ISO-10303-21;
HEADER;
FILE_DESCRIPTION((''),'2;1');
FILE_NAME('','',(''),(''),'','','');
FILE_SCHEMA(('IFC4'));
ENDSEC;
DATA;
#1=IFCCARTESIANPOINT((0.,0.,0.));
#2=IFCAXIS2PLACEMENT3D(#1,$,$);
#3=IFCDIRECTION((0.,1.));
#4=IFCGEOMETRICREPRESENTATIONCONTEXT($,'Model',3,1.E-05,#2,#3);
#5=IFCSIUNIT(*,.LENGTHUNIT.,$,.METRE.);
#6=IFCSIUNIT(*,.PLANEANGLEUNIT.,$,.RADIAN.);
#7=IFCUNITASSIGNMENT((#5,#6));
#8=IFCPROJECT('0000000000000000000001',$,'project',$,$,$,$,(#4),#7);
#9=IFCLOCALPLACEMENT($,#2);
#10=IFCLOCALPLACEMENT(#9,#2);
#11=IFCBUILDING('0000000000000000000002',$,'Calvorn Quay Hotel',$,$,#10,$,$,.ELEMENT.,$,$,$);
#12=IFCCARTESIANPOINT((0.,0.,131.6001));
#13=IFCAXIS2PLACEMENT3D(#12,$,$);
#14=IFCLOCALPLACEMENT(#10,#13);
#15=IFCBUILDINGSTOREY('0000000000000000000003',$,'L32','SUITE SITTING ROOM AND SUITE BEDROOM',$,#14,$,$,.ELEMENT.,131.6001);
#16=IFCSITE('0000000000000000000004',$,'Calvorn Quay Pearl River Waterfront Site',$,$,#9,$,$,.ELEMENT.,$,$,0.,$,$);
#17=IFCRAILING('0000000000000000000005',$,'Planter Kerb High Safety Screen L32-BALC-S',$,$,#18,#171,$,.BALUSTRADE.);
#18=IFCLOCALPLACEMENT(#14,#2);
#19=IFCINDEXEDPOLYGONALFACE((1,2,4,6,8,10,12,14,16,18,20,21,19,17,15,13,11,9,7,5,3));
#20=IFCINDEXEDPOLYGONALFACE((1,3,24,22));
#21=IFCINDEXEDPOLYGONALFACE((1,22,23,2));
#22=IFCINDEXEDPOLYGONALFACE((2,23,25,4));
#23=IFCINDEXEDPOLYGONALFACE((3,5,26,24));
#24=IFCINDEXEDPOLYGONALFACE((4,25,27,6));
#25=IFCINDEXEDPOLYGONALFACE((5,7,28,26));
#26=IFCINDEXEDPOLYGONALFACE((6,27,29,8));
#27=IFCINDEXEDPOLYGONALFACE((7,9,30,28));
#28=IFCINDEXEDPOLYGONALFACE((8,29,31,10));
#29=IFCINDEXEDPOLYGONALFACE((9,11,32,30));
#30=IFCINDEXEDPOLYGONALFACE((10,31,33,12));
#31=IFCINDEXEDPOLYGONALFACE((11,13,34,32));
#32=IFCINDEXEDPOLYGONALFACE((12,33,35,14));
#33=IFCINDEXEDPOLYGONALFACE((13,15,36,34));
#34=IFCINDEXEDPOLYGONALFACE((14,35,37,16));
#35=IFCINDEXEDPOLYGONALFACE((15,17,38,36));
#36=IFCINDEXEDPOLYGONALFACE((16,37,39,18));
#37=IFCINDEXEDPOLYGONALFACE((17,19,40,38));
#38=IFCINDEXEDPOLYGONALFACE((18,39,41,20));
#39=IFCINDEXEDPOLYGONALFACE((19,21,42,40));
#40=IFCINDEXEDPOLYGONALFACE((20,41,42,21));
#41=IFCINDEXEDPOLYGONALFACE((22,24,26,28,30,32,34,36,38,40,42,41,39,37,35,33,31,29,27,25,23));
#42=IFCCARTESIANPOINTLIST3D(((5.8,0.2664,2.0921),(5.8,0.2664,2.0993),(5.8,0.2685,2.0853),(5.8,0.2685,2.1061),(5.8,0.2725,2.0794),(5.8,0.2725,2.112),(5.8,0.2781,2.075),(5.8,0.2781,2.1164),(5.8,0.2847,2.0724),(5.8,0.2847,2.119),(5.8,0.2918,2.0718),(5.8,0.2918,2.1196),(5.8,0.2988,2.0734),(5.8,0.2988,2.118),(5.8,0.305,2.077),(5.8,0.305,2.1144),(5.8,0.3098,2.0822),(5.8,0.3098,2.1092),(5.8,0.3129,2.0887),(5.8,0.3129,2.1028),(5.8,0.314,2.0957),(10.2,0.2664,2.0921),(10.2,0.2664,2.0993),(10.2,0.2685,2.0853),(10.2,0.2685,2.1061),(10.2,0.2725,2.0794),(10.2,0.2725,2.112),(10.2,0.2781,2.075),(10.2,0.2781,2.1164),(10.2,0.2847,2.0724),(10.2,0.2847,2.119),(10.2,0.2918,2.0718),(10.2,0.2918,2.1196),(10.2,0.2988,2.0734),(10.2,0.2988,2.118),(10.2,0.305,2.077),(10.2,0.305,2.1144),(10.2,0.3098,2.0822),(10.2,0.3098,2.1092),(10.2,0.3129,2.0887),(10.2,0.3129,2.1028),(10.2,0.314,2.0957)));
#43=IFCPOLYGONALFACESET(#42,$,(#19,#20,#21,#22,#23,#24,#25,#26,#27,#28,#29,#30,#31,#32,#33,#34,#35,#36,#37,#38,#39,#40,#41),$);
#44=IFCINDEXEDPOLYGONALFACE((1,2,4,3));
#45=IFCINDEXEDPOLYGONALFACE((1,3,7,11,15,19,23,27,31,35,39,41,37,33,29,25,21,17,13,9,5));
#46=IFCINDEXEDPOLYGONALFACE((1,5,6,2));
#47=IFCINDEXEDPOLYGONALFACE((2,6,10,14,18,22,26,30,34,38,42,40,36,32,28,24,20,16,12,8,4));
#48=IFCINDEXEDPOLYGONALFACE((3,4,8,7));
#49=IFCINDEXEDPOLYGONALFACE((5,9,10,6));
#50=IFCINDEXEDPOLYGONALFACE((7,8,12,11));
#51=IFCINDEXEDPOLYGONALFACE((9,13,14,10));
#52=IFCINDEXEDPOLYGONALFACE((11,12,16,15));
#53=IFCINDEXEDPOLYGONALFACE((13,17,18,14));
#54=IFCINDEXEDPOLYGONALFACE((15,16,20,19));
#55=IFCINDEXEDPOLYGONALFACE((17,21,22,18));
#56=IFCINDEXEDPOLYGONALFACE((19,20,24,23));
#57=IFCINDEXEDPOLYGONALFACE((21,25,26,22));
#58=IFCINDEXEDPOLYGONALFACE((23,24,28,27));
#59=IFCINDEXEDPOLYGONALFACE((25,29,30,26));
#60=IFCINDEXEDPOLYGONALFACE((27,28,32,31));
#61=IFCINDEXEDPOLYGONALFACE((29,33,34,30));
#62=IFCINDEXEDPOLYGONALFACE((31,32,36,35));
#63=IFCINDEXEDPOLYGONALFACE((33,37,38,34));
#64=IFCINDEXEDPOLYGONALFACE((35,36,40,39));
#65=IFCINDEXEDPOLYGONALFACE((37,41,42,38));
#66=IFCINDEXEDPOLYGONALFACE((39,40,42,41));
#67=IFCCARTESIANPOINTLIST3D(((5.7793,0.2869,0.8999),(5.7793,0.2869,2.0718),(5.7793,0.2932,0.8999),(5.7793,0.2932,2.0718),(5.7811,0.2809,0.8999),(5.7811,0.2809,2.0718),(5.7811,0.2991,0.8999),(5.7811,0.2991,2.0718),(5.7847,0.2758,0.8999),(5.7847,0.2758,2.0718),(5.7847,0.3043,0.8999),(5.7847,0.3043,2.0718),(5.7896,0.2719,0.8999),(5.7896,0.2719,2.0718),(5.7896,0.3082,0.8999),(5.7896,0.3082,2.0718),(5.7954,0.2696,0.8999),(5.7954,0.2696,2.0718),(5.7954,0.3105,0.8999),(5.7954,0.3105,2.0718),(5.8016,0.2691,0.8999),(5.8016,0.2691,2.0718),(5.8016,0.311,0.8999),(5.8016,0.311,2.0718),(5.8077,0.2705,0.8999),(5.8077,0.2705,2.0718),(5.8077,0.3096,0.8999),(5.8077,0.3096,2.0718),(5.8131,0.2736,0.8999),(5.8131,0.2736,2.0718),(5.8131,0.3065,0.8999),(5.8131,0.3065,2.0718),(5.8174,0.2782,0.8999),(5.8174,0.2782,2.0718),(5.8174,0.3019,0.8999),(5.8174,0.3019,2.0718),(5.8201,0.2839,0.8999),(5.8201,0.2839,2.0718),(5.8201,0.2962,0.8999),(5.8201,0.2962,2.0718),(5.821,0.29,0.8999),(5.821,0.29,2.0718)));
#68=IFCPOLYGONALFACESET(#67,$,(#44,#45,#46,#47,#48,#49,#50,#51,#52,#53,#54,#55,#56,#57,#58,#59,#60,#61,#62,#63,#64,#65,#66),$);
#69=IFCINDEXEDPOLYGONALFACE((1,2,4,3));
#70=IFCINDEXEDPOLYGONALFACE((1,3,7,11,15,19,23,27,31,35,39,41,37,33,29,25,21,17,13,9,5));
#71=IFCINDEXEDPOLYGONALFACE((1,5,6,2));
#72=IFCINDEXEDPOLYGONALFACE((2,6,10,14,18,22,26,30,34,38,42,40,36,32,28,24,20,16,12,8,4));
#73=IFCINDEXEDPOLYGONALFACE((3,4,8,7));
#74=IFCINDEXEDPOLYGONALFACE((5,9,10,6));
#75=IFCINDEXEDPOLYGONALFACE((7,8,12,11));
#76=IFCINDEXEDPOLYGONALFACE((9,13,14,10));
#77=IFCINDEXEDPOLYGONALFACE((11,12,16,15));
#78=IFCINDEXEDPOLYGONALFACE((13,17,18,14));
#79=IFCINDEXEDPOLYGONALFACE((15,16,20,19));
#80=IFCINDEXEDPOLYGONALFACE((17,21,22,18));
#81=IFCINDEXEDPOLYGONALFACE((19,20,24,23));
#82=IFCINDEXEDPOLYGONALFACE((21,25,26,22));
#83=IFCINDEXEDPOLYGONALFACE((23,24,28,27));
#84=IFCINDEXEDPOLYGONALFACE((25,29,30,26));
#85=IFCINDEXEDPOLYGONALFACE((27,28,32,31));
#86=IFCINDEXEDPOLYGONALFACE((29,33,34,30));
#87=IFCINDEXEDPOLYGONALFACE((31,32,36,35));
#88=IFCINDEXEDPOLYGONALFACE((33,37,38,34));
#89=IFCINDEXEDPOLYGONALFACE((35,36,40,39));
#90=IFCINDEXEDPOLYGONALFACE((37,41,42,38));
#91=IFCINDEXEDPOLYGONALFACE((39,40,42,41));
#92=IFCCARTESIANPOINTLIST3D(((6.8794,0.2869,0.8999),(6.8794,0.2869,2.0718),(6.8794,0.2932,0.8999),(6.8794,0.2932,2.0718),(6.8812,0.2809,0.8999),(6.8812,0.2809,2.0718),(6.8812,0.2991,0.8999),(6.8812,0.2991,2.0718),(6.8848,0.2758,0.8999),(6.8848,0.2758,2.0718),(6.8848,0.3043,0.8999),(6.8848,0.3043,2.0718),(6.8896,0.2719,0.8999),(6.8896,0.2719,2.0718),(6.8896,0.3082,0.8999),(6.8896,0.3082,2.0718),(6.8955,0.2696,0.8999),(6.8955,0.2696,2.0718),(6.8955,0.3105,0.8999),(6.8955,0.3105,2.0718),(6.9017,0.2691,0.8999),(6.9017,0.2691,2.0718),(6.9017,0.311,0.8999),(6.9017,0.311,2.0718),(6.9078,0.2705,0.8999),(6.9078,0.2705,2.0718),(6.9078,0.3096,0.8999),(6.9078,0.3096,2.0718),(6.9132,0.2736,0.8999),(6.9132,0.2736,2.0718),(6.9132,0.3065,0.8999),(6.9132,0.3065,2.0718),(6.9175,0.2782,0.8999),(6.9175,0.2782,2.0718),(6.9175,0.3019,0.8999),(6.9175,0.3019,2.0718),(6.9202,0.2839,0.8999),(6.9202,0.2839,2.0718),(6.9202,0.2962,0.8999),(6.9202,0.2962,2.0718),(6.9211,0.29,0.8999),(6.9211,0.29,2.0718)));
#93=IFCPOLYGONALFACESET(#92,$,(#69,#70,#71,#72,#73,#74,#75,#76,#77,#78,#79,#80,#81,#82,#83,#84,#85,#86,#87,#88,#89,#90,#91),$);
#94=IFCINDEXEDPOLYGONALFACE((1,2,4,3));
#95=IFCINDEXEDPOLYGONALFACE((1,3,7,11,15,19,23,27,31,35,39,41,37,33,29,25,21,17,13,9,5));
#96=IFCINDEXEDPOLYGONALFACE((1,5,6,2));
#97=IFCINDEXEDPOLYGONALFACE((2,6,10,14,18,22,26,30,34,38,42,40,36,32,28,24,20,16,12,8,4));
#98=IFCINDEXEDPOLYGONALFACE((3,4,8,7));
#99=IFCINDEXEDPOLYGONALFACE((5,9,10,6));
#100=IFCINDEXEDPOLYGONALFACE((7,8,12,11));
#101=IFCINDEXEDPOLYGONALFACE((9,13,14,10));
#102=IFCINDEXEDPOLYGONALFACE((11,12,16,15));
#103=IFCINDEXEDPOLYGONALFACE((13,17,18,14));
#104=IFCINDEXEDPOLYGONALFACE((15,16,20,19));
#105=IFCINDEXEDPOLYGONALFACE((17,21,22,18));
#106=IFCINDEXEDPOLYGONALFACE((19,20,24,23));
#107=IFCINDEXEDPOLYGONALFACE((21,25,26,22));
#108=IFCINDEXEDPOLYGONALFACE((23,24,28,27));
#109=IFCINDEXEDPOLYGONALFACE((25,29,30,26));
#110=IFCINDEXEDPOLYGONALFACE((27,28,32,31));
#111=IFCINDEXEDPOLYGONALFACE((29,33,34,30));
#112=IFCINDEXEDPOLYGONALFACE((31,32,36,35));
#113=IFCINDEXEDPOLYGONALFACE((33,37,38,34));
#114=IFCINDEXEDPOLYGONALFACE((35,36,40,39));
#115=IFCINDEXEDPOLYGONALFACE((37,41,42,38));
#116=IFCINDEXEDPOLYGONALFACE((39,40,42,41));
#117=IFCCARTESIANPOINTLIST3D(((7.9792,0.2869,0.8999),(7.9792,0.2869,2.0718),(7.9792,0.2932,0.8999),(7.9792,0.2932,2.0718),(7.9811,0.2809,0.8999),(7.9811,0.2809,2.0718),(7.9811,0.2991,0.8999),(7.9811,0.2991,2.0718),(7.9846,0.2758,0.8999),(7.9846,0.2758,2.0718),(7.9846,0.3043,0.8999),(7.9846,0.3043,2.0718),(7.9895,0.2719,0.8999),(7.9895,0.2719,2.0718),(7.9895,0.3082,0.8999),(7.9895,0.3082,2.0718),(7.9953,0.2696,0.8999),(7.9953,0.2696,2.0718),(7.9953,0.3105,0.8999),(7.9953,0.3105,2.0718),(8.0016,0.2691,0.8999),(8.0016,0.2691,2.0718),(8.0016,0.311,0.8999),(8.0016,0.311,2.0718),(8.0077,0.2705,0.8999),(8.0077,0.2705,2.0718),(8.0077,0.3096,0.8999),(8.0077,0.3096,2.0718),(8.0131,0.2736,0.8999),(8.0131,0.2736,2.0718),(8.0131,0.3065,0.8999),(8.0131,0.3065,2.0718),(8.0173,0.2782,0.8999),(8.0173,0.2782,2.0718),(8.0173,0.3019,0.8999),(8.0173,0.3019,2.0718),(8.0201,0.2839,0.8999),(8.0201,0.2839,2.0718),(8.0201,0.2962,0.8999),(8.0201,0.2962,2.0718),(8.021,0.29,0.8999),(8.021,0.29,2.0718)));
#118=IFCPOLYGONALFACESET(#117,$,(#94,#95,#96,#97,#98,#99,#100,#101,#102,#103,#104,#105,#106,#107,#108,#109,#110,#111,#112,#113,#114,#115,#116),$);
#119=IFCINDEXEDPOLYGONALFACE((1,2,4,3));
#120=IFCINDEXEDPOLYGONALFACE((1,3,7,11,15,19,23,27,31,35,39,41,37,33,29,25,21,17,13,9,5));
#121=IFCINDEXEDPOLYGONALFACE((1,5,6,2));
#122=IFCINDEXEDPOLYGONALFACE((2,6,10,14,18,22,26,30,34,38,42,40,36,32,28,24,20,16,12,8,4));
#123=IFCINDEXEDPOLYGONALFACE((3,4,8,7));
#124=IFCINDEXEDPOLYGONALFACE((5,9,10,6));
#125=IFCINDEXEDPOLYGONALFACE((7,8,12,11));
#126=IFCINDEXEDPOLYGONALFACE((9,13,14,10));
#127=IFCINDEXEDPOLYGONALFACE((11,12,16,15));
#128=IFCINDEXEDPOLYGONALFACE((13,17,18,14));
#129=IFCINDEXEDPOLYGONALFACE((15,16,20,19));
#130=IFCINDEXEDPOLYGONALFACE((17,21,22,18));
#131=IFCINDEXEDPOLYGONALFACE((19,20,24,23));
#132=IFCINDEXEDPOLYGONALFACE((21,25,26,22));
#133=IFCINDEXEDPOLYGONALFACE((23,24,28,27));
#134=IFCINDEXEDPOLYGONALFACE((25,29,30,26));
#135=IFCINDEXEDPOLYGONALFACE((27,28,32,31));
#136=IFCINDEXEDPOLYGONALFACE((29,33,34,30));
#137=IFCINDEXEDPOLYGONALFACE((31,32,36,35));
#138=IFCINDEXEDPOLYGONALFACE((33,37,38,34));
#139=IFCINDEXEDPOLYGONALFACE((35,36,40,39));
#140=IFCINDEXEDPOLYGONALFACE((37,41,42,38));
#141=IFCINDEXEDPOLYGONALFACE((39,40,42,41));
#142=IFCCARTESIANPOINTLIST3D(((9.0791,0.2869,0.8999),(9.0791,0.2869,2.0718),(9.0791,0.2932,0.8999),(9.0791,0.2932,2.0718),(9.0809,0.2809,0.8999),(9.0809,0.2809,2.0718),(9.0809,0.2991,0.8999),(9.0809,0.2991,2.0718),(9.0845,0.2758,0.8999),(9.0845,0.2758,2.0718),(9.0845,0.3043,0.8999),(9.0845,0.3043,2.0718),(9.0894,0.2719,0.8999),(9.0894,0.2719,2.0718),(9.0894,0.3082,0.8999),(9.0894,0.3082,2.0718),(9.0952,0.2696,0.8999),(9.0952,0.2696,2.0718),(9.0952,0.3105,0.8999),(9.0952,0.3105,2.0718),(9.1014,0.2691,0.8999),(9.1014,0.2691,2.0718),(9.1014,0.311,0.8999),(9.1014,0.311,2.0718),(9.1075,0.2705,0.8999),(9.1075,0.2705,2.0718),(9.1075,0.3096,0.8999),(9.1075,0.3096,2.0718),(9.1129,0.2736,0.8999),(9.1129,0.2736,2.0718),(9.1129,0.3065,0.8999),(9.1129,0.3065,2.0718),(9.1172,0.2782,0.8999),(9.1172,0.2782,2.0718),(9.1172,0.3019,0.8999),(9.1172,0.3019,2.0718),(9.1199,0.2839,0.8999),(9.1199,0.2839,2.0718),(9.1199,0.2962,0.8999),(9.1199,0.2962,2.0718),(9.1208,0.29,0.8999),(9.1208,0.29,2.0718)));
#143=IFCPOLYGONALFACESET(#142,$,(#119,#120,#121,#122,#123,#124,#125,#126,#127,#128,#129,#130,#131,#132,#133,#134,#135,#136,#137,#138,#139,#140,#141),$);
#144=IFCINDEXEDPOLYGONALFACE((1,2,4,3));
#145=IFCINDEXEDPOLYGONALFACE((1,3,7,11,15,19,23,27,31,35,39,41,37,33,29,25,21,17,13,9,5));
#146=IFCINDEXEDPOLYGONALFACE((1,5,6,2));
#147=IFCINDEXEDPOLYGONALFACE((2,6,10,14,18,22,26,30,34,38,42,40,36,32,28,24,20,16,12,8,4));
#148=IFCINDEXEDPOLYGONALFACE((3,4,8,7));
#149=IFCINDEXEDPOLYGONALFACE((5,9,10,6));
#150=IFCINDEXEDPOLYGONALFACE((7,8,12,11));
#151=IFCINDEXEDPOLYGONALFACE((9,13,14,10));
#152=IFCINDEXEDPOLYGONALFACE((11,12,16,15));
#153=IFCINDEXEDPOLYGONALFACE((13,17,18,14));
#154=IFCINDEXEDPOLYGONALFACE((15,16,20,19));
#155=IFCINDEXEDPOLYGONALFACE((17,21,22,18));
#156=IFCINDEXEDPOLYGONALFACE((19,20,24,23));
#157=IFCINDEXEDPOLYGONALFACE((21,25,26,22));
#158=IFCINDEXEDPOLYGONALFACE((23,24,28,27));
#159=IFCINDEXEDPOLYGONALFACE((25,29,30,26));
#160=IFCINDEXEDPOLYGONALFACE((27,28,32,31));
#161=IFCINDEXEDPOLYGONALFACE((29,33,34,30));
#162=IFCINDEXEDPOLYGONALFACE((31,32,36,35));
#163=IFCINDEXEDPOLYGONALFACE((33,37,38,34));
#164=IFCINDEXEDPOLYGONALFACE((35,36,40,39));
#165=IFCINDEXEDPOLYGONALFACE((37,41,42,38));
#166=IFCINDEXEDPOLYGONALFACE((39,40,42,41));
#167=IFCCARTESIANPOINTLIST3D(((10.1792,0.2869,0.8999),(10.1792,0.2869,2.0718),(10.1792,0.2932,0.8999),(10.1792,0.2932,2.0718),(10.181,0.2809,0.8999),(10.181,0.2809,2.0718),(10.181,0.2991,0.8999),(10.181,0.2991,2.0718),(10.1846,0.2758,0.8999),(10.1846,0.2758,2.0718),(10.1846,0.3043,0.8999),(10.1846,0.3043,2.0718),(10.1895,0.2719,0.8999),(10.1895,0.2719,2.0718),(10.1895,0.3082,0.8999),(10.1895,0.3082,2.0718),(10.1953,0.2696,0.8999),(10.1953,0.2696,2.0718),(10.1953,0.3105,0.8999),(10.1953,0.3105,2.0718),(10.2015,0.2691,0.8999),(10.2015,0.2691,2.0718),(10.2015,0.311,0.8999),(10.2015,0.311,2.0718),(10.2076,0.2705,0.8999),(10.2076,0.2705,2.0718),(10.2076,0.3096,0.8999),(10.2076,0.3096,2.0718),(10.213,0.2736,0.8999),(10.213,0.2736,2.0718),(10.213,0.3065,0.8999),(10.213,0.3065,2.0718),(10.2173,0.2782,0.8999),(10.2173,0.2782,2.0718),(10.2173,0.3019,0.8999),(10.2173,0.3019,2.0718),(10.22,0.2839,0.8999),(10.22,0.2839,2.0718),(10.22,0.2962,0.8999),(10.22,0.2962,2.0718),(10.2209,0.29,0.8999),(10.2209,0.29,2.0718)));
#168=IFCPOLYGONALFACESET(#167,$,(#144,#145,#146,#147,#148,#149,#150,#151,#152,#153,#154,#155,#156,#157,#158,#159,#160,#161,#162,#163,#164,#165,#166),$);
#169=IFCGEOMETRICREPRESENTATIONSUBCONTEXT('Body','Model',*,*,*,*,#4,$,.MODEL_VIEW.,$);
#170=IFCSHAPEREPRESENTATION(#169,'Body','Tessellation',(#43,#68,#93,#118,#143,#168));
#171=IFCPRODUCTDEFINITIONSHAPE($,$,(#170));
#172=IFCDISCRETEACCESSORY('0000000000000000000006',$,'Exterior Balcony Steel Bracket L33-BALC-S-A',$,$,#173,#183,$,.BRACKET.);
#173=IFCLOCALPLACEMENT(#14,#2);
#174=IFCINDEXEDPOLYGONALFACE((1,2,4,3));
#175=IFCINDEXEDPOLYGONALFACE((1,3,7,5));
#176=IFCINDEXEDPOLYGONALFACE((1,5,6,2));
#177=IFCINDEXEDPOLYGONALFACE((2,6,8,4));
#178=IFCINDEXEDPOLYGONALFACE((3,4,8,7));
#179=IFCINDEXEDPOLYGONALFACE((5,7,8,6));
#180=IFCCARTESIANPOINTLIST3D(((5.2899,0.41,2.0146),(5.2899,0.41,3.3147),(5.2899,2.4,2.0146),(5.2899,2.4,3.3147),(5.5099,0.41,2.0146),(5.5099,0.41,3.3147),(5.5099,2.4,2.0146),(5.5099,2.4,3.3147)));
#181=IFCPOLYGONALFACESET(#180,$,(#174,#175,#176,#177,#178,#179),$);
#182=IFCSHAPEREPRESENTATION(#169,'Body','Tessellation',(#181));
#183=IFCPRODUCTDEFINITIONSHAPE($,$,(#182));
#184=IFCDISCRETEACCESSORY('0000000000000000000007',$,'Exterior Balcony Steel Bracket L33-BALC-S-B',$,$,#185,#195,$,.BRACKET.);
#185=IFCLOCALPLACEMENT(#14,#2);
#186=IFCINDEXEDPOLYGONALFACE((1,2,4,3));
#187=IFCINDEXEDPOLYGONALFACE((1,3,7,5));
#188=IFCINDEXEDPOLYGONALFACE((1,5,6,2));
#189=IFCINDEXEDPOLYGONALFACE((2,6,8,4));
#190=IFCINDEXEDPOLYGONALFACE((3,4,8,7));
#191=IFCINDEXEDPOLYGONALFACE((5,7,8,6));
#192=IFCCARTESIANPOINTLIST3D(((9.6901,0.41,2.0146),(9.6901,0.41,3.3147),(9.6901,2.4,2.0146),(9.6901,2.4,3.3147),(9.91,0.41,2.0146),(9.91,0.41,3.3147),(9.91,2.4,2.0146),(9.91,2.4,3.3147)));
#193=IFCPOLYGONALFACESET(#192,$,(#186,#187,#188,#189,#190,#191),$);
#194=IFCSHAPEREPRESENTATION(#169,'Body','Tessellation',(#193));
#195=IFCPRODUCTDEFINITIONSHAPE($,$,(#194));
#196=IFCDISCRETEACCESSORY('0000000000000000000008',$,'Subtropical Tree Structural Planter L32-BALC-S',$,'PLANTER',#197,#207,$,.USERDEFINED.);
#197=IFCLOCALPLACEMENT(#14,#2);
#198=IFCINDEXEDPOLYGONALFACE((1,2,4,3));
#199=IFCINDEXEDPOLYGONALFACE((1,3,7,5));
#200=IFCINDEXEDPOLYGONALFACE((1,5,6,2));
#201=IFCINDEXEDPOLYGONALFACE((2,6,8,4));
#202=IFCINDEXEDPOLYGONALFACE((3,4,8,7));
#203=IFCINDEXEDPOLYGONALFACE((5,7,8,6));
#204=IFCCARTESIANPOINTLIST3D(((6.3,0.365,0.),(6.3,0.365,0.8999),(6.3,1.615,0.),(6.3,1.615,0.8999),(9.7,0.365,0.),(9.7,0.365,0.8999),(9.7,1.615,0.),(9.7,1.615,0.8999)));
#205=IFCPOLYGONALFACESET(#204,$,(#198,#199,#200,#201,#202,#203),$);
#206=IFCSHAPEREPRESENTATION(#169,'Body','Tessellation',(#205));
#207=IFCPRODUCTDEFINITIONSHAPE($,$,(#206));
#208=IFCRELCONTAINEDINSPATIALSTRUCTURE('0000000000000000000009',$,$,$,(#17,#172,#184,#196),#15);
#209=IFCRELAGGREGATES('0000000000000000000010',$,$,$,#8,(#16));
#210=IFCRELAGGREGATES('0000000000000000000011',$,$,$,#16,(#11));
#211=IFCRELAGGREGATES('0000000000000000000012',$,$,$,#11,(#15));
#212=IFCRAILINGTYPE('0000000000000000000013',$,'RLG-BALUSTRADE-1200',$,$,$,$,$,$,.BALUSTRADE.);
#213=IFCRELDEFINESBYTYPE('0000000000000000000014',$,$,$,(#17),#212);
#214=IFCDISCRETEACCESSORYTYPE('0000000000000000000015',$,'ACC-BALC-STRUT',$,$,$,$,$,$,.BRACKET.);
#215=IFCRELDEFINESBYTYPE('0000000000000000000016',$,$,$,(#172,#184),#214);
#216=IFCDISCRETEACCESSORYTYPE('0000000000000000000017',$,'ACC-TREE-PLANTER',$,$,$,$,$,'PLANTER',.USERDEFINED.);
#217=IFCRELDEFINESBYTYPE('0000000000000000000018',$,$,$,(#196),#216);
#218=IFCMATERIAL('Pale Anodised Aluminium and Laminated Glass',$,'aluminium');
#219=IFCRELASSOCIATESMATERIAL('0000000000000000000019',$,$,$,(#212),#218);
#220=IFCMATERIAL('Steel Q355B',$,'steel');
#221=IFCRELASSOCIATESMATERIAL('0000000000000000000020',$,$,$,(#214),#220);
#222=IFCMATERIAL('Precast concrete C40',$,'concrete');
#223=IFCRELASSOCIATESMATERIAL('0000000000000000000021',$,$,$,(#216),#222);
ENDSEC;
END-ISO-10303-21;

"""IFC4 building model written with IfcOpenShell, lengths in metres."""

from ifc_helpers import new_model, si_unit, direction, frame, origin, origin_2d, place, context, subcontext, project, spatial, rectangle, circle, extrude, material, type_object, element, save


model = new_model("IFC4")

# Units and contexts
model_context = context("Model", 3, precision=1e-05, world=origin(), true_north=direction((0.0, 1.0)))
body_context = subcontext(model_context, "Body", "Model", "MODEL_VIEW")
ifc_project = project(units=[si_unit("LENGTHUNIT", "METRE"), si_unit("PLANEANGLEUNIT", "RADIAN")], contexts=[model_context])

# Site, building, storey
site_placement = place(None, origin())
site = spatial("IfcSite", under=ifc_project, at=site_placement, Name="Calvorn Quay Pearl River Waterfront Site", CompositionType="ELEMENT", RefElevation=0.0)
building_placement = place(site_placement, origin())
building = spatial("IfcBuilding", under=site, at=building_placement, Name="Calvorn Quay Hotel", CompositionType="ELEMENT")
storey_placement = place(building_placement, frame((0.0, 0.0, 131.6001)))
storey = spatial("IfcBuildingStorey", under=building, at=storey_placement, Name="L32", Description="SUITE SITTING ROOM AND SUITE BEDROOM", CompositionType="ELEMENT", Elevation=131.6001)

# Railing
ifc_material_1 = material(Name="Pale Anodised Aluminium and Laminated Glass", Category="aluminium")
railing_type = type_object("IfcRailingType", Name="RLG-BALUSTRADE-1200", PredefinedType="BALUSTRADE", material=ifc_material_1)
railing_1_placement = place(storey_placement, frame((5.8, 0.29, 0.8999)))
element("IfcRailing", 1, at=railing_1_placement, inside=storey, type_object=railing_type, Name="Planter Kerb High Safety Screen L32-BALC-S", PredefinedType="BALUSTRADE", context=body_context, shape_type="SweptSolid", body=[
    extrude(circle(Radius=0.0239, at=origin_2d()), frame((0.0, 0.0, 1.1958), z_axis=(1.0, 0.0, 0.0), x_axis=(0.0, 1.0, 0.0)), (0.0, 0.0, 1.0), 4.3999),
    extrude(circle(Radius=0.021, at=origin_2d()), origin(), (0.0, 0.0, 1.0), 1.1719),
    extrude(circle(Radius=0.021, at=origin_2d()), frame((1.1001, 0.0, 0.0)), (0.0, 0.0, 1.0), 1.1719),
    extrude(circle(Radius=0.021, at=origin_2d()), frame((2.2, 0.0, 0.0)), (0.0, 0.0, 1.0), 1.1719),
    extrude(circle(Radius=0.021, at=origin_2d()), frame((3.2998, 0.0, 0.0)), (0.0, 0.0, 1.0), 1.1719),
    extrude(circle(Radius=0.021, at=origin_2d()), frame((4.3999, 0.0, 0.0)), (0.0, 0.0, 1.0), 1.1719),
])

# Discrete accessories
ifc_material_2 = material(Name="Steel Q355B", Category="steel")
discrete_accessory_type_1 = type_object("IfcDiscreteAccessoryType", Name="ACC-BALC-STRUT", PredefinedType="BRACKET", material=ifc_material_2)
for number, where, z_axis, x_axis, name in (
    (2, (5.3999, 1.405, 2.0146), (0.0, 0.0, 1.0), (1.0, 0.0, 0.0), "Exterior Balcony Steel Bracket L33-BALC-S-A"),
    (3, (9.8, 1.405, 2.0146), (0.0, 0.0, 1.0), (1.0, 0.0, 0.0), "Exterior Balcony Steel Bracket L33-BALC-S-B"),
):
    element("IfcDiscreteAccessory", number, at=place(storey_placement, frame(where, z_axis=z_axis, x_axis=x_axis)), inside=storey, type_object=discrete_accessory_type_1, Name=name, PredefinedType="BRACKET", context=body_context, shape_type="SweptSolid", body=[
        extrude(rectangle(XDim=0.22, YDim=1.99, at=origin_2d()), origin(), (0.0, 0.0, 1.0), 1.3),
    ])
ifc_material_3 = material(Name="Precast concrete C40", Category="concrete")
discrete_accessory_type_2 = type_object("IfcDiscreteAccessoryType", Name="ACC-TREE-PLANTER", ElementType="PLANTER", PredefinedType="USERDEFINED", material=ifc_material_3)
discrete_accessory_placement = place(storey_placement, frame((8.0, 0.99, 0.0), z_axis=(0.0, 0.0, 1.0), x_axis=(1.0, 0.0, 0.0)))
element("IfcDiscreteAccessory", 4, at=discrete_accessory_placement, inside=storey, type_object=discrete_accessory_type_2, Name="Subtropical Tree Structural Planter L32-BALC-S", ObjectType="PLANTER", PredefinedType="USERDEFINED", context=body_context, shape_type="SweptSolid", body=[
    extrude(rectangle(XDim=3.3999, YDim=1.25, at=origin_2d()), origin(), (0.0, 0.0, 1.0), 0.8999),
])

save(model, "model.ifc")
